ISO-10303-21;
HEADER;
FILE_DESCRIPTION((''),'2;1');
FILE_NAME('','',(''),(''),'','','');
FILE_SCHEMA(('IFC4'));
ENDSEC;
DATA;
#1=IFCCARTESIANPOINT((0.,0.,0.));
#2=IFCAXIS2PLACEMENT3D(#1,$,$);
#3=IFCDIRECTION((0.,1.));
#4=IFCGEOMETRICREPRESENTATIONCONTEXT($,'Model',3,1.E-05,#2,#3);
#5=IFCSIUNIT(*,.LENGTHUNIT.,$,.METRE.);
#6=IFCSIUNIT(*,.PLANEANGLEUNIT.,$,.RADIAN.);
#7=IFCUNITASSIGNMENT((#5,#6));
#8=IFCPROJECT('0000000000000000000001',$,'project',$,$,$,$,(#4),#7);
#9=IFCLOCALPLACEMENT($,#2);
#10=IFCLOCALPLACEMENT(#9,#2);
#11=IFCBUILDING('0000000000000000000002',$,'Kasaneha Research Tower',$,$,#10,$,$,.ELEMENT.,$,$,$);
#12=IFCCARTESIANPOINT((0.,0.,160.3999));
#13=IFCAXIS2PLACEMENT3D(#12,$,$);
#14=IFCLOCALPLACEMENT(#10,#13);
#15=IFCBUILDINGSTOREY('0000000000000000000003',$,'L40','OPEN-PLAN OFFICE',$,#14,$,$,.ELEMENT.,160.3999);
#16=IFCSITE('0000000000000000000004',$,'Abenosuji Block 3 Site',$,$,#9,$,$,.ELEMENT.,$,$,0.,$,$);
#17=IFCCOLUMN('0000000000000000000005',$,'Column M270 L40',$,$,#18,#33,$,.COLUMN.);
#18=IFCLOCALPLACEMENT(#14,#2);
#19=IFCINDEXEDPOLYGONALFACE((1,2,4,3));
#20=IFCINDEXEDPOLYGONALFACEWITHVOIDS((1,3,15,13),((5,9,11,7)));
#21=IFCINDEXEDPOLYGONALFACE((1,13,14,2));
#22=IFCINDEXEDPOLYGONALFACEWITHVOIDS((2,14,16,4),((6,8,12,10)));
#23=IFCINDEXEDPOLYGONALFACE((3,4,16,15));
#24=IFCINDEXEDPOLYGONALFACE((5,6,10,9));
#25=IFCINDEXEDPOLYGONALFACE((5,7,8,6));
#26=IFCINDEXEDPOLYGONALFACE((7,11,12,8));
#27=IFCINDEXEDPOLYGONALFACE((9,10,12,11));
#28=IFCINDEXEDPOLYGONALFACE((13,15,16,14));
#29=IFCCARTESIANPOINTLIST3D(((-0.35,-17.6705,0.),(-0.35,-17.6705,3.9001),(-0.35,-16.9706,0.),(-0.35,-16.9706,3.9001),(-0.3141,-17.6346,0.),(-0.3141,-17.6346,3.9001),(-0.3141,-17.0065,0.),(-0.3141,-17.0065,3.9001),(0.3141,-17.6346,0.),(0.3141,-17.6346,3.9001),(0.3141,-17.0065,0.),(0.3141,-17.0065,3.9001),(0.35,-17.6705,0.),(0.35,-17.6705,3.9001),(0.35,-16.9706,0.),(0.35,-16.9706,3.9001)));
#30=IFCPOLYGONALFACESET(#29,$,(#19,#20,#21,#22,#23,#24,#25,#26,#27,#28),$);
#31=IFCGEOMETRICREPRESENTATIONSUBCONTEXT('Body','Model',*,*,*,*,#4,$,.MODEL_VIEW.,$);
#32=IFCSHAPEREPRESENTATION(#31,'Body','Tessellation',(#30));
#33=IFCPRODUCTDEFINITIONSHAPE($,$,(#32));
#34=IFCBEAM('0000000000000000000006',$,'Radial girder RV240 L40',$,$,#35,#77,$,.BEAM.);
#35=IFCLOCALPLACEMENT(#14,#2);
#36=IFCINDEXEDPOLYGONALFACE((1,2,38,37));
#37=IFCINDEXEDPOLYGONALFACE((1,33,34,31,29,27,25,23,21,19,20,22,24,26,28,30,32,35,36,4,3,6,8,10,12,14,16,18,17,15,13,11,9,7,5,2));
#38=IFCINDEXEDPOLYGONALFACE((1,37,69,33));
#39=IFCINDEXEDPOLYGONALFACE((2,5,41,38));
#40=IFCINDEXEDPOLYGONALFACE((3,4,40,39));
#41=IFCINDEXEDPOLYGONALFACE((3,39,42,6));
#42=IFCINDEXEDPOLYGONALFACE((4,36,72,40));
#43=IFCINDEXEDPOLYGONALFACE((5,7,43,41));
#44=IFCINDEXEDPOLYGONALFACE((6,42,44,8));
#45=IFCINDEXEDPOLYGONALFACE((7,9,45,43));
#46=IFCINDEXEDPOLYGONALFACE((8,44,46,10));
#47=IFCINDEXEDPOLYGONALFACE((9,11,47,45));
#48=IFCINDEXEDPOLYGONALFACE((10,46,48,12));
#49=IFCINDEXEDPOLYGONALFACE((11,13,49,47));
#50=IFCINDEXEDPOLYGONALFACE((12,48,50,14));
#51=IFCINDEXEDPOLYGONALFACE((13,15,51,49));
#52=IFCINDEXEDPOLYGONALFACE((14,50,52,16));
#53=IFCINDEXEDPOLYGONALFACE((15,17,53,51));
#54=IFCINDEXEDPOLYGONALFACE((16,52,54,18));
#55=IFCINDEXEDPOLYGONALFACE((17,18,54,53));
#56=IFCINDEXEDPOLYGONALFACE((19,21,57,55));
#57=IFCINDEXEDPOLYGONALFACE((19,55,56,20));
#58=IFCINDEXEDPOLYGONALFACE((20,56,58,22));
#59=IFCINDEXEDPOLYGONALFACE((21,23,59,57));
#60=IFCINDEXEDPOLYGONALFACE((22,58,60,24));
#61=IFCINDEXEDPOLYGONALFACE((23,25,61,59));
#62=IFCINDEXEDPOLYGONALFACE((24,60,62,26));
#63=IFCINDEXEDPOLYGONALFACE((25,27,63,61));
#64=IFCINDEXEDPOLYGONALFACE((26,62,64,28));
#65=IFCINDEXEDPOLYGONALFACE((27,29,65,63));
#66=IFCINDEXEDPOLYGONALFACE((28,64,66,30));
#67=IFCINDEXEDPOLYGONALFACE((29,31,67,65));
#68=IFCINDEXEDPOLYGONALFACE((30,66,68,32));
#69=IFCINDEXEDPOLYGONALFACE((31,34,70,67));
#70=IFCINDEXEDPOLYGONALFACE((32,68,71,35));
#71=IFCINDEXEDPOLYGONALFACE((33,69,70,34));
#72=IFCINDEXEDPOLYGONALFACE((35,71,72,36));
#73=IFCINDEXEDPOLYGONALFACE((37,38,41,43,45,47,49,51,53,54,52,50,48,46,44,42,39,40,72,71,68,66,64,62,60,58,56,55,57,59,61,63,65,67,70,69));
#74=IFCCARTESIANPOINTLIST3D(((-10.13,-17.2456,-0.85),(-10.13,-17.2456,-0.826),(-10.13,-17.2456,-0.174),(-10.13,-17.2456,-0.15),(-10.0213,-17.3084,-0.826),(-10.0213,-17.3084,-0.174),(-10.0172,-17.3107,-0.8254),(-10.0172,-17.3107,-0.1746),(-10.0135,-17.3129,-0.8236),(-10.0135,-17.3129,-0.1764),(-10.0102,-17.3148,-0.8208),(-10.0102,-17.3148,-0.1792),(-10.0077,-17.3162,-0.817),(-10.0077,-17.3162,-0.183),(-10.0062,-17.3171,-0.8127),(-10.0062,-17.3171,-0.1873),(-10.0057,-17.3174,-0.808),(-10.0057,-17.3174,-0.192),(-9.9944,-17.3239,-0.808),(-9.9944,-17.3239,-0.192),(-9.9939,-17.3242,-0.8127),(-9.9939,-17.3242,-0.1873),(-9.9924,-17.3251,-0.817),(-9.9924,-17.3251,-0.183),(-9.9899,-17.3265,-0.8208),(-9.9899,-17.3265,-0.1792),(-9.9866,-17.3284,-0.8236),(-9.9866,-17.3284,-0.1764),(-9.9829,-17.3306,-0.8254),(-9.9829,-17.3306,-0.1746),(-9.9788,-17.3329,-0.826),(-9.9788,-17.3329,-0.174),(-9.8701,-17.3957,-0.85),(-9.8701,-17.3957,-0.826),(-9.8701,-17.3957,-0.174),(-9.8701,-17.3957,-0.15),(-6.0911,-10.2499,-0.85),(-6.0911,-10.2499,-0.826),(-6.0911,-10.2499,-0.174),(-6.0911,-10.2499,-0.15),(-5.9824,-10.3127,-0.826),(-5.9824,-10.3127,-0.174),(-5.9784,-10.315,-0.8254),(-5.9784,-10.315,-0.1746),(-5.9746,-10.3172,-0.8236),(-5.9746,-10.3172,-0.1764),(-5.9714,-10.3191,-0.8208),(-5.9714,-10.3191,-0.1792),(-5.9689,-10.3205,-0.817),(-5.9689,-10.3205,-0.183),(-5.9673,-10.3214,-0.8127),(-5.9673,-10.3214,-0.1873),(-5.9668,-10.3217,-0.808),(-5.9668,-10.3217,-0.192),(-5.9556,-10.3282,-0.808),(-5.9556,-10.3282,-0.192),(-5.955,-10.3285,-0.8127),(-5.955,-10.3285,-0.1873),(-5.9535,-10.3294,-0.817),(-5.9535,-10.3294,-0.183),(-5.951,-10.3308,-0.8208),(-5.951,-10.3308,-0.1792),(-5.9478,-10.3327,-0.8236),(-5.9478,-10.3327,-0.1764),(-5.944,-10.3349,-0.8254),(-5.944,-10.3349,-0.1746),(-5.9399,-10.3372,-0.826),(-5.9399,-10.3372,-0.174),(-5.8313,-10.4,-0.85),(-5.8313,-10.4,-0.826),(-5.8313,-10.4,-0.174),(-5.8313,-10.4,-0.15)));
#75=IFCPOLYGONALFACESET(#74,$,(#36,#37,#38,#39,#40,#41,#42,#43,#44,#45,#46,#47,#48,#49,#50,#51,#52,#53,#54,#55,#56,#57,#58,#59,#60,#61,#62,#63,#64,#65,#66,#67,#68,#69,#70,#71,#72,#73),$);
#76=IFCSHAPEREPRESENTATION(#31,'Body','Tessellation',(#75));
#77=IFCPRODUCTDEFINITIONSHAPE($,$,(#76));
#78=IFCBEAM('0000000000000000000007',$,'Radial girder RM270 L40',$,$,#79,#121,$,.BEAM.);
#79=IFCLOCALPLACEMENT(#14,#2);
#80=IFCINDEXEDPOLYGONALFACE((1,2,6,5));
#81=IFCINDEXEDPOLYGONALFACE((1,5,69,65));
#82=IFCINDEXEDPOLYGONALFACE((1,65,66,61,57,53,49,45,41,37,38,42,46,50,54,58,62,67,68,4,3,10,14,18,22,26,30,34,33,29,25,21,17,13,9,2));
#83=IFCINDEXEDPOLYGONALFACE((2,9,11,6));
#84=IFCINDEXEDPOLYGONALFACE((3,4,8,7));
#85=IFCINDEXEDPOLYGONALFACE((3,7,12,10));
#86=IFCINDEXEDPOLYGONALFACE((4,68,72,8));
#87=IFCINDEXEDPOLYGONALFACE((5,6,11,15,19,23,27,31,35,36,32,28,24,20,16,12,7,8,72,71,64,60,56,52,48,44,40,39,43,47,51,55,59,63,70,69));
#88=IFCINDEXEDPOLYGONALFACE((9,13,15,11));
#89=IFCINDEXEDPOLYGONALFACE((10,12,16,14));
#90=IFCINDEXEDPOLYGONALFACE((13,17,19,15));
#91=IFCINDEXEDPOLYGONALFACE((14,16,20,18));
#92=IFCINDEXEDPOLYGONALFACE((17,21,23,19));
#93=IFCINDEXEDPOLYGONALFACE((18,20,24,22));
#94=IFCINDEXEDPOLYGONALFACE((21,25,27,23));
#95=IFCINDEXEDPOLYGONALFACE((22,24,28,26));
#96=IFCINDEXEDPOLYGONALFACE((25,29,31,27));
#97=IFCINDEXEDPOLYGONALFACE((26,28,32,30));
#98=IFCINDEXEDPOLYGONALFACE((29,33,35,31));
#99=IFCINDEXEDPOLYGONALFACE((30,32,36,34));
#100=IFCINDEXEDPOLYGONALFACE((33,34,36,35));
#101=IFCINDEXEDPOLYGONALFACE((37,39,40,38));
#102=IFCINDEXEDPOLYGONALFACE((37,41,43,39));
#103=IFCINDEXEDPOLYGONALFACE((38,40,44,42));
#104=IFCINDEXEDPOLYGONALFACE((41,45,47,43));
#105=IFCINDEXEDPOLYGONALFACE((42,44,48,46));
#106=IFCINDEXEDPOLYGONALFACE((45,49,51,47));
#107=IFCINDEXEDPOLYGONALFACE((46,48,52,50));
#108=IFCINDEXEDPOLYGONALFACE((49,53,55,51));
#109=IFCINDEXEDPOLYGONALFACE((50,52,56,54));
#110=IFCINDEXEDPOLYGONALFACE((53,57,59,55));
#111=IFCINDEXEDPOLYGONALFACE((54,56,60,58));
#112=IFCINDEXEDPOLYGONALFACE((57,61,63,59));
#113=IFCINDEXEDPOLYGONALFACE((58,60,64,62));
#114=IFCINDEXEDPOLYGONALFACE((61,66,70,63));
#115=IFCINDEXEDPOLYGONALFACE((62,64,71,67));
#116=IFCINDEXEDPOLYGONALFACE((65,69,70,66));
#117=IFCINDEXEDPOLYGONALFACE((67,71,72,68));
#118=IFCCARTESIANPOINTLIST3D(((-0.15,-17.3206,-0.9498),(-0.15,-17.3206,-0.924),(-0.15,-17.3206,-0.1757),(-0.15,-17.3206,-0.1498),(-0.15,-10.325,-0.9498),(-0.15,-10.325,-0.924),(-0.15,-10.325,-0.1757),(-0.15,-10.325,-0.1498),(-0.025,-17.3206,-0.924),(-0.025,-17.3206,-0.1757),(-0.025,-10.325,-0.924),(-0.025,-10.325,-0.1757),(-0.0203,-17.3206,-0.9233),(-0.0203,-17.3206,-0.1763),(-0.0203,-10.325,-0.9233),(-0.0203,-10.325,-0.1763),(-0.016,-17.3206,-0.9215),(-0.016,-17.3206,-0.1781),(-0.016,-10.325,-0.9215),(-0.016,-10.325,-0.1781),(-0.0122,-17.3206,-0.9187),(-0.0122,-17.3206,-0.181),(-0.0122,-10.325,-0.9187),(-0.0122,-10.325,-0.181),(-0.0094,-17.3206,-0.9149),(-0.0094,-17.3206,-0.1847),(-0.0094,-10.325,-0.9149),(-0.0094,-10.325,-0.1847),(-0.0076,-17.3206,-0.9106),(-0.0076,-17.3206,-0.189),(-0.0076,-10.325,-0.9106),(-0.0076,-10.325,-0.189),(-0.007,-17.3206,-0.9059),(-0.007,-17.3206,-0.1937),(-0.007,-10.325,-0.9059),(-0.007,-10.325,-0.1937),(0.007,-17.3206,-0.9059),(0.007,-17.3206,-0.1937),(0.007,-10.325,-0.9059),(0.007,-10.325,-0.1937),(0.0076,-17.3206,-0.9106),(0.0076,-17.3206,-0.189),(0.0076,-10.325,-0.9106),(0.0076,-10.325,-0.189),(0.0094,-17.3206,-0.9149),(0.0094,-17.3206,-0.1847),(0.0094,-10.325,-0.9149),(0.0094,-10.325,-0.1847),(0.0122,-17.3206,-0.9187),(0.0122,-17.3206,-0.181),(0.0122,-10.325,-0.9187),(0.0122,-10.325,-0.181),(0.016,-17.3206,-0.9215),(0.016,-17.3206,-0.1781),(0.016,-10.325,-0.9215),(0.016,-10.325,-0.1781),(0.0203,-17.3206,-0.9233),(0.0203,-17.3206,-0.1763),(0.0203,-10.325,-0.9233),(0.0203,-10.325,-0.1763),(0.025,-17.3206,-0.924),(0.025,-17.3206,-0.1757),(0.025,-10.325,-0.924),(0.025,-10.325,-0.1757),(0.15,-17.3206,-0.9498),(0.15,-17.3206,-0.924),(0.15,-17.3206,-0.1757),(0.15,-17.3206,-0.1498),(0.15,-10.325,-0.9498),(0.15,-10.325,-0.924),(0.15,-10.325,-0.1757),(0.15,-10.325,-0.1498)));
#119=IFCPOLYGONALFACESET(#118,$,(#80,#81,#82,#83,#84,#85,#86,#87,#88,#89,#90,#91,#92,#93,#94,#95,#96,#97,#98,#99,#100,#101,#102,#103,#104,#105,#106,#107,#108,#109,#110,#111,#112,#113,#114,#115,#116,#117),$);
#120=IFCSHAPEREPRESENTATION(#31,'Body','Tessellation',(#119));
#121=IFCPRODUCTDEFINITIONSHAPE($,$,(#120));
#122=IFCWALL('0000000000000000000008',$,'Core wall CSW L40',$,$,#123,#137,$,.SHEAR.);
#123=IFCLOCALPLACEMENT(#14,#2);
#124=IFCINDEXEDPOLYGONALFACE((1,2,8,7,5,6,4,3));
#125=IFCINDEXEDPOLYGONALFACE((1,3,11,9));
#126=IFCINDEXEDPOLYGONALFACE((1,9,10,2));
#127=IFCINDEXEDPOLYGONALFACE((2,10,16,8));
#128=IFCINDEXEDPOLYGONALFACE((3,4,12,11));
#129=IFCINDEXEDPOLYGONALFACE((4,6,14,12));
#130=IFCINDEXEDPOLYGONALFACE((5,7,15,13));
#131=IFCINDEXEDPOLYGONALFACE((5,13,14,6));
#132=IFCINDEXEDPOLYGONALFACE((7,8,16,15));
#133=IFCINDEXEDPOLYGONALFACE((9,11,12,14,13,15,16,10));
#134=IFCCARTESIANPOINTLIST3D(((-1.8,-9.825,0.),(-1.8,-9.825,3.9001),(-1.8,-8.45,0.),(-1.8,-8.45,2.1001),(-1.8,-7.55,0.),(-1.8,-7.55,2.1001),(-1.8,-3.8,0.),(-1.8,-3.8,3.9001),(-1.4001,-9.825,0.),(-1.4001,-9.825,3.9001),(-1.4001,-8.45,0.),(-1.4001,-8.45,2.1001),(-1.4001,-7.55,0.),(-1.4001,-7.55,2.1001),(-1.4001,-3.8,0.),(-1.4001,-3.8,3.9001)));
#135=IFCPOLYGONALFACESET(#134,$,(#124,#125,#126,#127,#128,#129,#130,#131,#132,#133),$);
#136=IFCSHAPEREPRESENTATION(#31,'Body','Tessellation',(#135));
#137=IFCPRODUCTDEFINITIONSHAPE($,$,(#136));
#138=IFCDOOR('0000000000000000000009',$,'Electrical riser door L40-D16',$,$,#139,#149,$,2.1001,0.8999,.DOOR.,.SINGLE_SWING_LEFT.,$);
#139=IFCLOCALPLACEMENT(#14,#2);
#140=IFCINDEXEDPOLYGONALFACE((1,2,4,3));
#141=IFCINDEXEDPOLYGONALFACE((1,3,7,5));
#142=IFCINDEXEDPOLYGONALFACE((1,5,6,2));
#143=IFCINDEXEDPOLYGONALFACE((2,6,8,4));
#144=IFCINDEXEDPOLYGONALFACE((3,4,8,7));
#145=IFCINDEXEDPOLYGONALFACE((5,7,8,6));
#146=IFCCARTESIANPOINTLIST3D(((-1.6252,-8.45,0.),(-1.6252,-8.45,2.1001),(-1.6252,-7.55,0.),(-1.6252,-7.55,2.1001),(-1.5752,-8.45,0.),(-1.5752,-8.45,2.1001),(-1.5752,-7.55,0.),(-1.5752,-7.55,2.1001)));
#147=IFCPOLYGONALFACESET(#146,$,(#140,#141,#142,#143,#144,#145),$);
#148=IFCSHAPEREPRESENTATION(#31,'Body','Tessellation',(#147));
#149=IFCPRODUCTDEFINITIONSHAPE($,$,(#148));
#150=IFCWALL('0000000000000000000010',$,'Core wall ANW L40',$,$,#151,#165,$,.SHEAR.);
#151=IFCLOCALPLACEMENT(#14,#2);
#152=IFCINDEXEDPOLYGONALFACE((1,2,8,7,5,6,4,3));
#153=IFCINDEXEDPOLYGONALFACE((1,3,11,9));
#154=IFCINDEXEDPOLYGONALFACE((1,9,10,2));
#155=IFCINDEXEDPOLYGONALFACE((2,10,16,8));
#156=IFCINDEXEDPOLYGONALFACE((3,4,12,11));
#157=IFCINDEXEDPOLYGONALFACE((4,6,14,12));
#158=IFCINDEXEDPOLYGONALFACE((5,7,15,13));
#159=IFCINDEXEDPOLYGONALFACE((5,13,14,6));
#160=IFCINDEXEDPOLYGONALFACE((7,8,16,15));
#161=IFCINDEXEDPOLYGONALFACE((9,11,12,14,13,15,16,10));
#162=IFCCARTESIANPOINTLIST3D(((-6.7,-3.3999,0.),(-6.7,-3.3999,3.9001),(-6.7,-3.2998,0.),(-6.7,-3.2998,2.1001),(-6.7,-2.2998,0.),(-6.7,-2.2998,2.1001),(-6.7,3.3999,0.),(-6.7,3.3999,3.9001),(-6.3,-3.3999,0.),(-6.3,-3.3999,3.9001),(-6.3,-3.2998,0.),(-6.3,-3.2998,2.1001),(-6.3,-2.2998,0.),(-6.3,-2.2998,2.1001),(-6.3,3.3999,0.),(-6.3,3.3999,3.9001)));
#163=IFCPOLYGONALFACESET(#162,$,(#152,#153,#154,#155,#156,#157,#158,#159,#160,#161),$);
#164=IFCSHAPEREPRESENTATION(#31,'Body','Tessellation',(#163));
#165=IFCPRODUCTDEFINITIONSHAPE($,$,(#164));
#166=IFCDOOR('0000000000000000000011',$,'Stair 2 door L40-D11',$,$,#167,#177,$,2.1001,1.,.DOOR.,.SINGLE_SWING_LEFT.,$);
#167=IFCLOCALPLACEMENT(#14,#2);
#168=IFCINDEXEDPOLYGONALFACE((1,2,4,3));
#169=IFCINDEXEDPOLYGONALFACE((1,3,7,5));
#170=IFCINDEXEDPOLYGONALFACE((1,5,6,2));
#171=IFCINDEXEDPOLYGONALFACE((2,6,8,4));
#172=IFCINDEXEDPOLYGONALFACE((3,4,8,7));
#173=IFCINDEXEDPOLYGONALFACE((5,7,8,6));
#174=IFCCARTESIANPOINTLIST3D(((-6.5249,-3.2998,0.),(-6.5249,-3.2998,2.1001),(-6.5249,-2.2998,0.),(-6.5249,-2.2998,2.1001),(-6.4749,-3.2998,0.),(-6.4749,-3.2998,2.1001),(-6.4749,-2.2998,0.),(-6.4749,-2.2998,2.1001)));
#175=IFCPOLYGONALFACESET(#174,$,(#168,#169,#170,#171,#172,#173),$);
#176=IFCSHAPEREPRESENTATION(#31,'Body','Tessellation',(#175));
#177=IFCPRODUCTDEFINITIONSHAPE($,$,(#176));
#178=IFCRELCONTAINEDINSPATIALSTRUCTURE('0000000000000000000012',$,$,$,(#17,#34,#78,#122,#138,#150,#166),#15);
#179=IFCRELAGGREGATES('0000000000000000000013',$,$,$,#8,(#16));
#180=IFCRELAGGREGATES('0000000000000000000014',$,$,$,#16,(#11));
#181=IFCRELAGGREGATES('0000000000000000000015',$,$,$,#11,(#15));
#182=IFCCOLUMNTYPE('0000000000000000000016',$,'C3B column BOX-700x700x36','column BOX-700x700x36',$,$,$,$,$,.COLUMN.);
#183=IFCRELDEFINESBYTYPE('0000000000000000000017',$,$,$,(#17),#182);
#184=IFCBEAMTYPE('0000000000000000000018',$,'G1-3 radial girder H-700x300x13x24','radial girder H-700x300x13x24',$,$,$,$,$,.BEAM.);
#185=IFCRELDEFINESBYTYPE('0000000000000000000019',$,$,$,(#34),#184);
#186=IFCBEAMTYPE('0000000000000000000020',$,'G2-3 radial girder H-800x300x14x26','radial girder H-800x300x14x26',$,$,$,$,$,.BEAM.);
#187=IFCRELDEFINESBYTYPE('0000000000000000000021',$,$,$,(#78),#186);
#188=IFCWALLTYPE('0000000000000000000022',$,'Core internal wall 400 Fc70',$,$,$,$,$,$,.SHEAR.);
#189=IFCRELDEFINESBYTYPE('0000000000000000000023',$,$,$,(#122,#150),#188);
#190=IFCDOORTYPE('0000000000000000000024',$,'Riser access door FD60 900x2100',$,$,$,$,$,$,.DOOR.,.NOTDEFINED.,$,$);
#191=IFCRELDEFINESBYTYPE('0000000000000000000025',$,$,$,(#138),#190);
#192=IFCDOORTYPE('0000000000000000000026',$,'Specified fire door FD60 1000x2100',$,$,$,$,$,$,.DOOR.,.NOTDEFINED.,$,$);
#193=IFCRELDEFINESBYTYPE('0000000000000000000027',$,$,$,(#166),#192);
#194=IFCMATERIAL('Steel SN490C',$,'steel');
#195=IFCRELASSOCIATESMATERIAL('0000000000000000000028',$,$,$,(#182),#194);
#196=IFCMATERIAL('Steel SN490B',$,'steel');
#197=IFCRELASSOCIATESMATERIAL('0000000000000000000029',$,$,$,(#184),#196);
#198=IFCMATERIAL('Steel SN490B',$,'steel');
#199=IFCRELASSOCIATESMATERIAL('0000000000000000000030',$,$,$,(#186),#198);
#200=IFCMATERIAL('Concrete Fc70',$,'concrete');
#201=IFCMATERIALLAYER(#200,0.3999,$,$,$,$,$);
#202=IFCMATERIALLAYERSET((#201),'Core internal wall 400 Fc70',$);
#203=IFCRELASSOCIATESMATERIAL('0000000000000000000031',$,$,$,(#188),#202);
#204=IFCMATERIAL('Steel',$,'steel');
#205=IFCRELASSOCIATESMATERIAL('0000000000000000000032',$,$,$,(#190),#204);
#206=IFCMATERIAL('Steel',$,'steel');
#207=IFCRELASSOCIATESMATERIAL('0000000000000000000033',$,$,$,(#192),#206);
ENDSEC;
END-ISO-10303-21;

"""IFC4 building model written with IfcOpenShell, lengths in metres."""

from ifc_helpers import new_model, si_unit, direction, frame, frame_2d, origin, origin_2d, place, context, subcontext, project, spatial, rectangle, hollow_rectangle, i_section, extrude, material, layer, layer_set, material_profile, profile_set, type_object, element, fill, save


model = new_model("IFC4")

# Units and contexts
model_context = context("Model", 3, precision=1e-05, world=origin(), true_north=direction((0.0, 1.0)))
body_context = subcontext(model_context, "Body", "Model", "MODEL_VIEW")
ifc_project = project(units=[si_unit("LENGTHUNIT", "METRE"), si_unit("PLANEANGLEUNIT", "RADIAN")], contexts=[model_context])

# Site, building, storey
site_placement = place(None, origin())
site = spatial("IfcSite", under=ifc_project, at=site_placement, Name="Abenosuji Block 3 Site", CompositionType="ELEMENT", RefElevation=0.0)
building_placement = place(site_placement, origin())
building = spatial("IfcBuilding", under=site, at=building_placement, Name="Kasaneha Research Tower", CompositionType="ELEMENT")
storey_placement = place(building_placement, frame((0.0, 0.0, 160.3999)))
storey = spatial("IfcBuildingStorey", under=building, at=storey_placement, Name="L40", Description="OPEN-PLAN OFFICE", CompositionType="ELEMENT", Elevation=160.3999)

# Column
ifc_material_1 = material(Name="Steel SN490C", Category="steel")
ifc_material_profile_1 = material_profile(ifc_material_1, hollow_rectangle(XDim=0.7, YDim=0.7, WallThickness=0.0359, at=origin_2d()), Name="BOX-700x700x36")
ifc_profile_set_1 = profile_set([ifc_material_profile_1], Name="Steel SN490C")
column_type = type_object("IfcColumnType", Name="C3B column BOX-700x700x36", Description="column BOX-700x700x36", PredefinedType="COLUMN", material=ifc_profile_set_1)
column_placement = place(storey_placement, frame((0.0, -17.3206, 0.0), z_axis=(0.0, 0.0, 1.0), x_axis=(1.0, 0.0, 0.0)))
element("IfcColumn", 1, at=column_placement, inside=storey, type_object=column_type, Name="Column M270 L40", PredefinedType="COLUMN", context=body_context, shape_type="SweptSolid", body=[
    extrude(hollow_rectangle(XDim=0.7, YDim=0.7, WallThickness=0.0359, at=origin_2d()), origin(), (0.0, 0.0, 1.0), 3.9001),
])

# Beams
ifc_material_2 = material(Name="Steel SN490B", Category="steel")
ifc_material_profile_2 = material_profile(ifc_material_2, i_section(OverallWidth=0.3, OverallDepth=0.7, WebThickness=0.0129, FlangeThickness=0.0239, FilletRadius=0.0181, at=origin_2d()), Name="H-700x300x13x24")
ifc_profile_set_2 = profile_set([ifc_material_profile_2], Name="Steel SN490B")
beam_type_1 = type_object("IfcBeamType", Name="G1-3 radial girder H-700x300x13x24", Description="radial girder H-700x300x13x24", PredefinedType="BEAM", material=ifc_profile_set_2)
beam_1_placement = place(storey_placement, frame((-5.9612, -10.325, -0.5), z_axis=(-0.499991, -0.866031, 0.0), x_axis=(0.866031, -0.499991, 0.0)))
element("IfcBeam", 2, at=beam_1_placement, inside=storey, type_object=beam_type_1, Name="Radial girder RV240 L40", PredefinedType="BEAM", context=body_context, shape_type="SweptSolid", body=[
    extrude(i_section(OverallWidth=0.3, OverallDepth=0.7, WebThickness=0.0129, FlangeThickness=0.0239, FilletRadius=0.0181, at=origin_2d()), origin(), (0.0, 0.0, 1.0), 8.0779),
])
ifc_material_3 = material(Name="Steel SN490B", Category="steel")
ifc_material_profile_3 = material_profile(ifc_material_3, i_section(OverallWidth=0.3, OverallDepth=0.8, WebThickness=0.0139, FlangeThickness=0.0259, FilletRadius=0.0181, at=origin_2d()), Name="H-800x300x14x26")
ifc_profile_set_3 = profile_set([ifc_material_profile_3], Name="Steel SN490B")
beam_type_2 = type_object("IfcBeamType", Name="G2-3 radial girder H-800x300x14x26", Description="radial girder H-800x300x14x26", PredefinedType="BEAM", material=ifc_profile_set_3)
beam_2_placement = place(storey_placement, frame((0.0, -10.325, -0.5498), z_axis=(0.0, -1.0, 0.0), x_axis=(1.0, 0.0, 0.0)))
element("IfcBeam", 3, at=beam_2_placement, inside=storey, type_object=beam_type_2, Name="Radial girder RM270 L40", PredefinedType="BEAM", context=body_context, shape_type="SweptSolid", body=[
    extrude(i_section(OverallWidth=0.3, OverallDepth=0.8, WebThickness=0.0139, FlangeThickness=0.0259, FilletRadius=0.0181, at=origin_2d()), origin(), (0.0, 0.0, 1.0), 6.9956),
])

# Walls, openings, doors
ifc_material_4 = material(Name="Concrete Fc70", Category="concrete")
ifc_layer_1 = layer(ifc_material_4, 0.3999)
ifc_layer_set_1 = layer_set([ifc_layer_1], Name="Core internal wall 400 Fc70")
wall_type_1 = type_object("IfcWallType", Name="Core internal wall 400 Fc70", PredefinedType="SHEAR", material=ifc_layer_set_1)
wall_1_placement = place(storey_placement, frame((-1.6001, -3.8, 0.0), z_axis=(0.0, 0.0, 1.0), x_axis=(0.0, -1.0, 0.0)))
wall_1 = element("IfcWall", 4, at=wall_1_placement, inside=storey, type_object=wall_type_1, Name="Core wall CSW L40", PredefinedType="SHEAR", context=body_context, shape_type="SweptSolid", body=[
    extrude(rectangle(XDim=6.0249, YDim=0.3999, at=frame_2d((3.0125, 0.0))), origin(), (0.0, 0.0, 1.0), 3.9001),
])
opening_1_placement = place(wall_1_placement, frame((3.75, 0.0, 0.0)))
opening_1 = element("IfcOpeningElement", 5, at=opening_1_placement, cuts=wall_1, PredefinedType="OPENING", context=body_context, shape_type="SweptSolid", body=[
    extrude(rectangle(XDim=0.8999, YDim=2.1001, at=frame_2d((0.45, 1.05))), frame((0.0, 0.21, 0.0), z_axis=(0.0, -1.0, 0.0), x_axis=(1.0, 0.0, 0.0)), (0.0, 0.0, 1.0), 0.4199),
])
ifc_material_5 = material(Name="Steel", Category="steel")
door_type_1 = type_object("IfcDoorType", Name="Riser access door FD60 900x2100", OperationType="NOTDEFINED", PredefinedType="DOOR", material=ifc_material_5)
door_1_placement = place(opening_1_placement, origin())
door_1 = element("IfcDoor", 6, at=door_1_placement, inside=storey, type_object=door_type_1, Name="Electrical riser door L40-D16", OperationType="SINGLE_SWING_LEFT", OverallHeight=2.1001, OverallWidth=0.8999, PredefinedType="DOOR", context=body_context, shape_type="SweptSolid", body=[
    extrude(rectangle(XDim=0.8999, YDim=2.1001, at=frame_2d((0.45, 1.05))), frame((0.0, 0.0249, 0.0), z_axis=(0.0, -1.0, 0.0), x_axis=(1.0, 0.0, 0.0)), (0.0, 0.0, 1.0), 0.05),
])
fill(opening_1, door_1)
wall_2_placement = place(storey_placement, frame((-6.5, -3.3999, 0.0), z_axis=(0.0, 0.0, 1.0), x_axis=(0.0, 1.0, 0.0)))
wall_2 = element("IfcWall", 7, at=wall_2_placement, inside=storey, type_object=wall_type_1, Name="Core wall ANW L40", PredefinedType="SHEAR", context=body_context, shape_type="SweptSolid", body=[
    extrude(rectangle(XDim=6.7998, YDim=0.3999, at=frame_2d((3.3999, 0.0))), origin(), (0.0, 0.0, 1.0), 3.9001),
])
opening_2_placement = place(wall_2_placement, frame((0.1001, 0.0, 0.0)))
opening_2 = element("IfcOpeningElement", 8, at=opening_2_placement, cuts=wall_2, PredefinedType="OPENING", context=body_context, shape_type="SweptSolid", body=[
    extrude(rectangle(XDim=1.0, YDim=2.1001, at=frame_2d((0.5, 1.05))), frame((0.0, 0.21, 0.0), z_axis=(0.0, -1.0, 0.0), x_axis=(1.0, 0.0, 0.0)), (0.0, 0.0, 1.0), 0.4199),
])
ifc_material_6 = material(Name="Steel", Category="steel")
door_type_2 = type_object("IfcDoorType", Name="Specified fire door FD60 1000x2100", OperationType="NOTDEFINED", PredefinedType="DOOR", material=ifc_material_6)
door_2_placement = place(opening_2_placement, origin())
door_2 = element("IfcDoor", 9, at=door_2_placement, inside=storey, type_object=door_type_2, Name="Stair 2 door L40-D11", OperationType="SINGLE_SWING_LEFT", OverallHeight=2.1001, OverallWidth=1.0, PredefinedType="DOOR", context=body_context, shape_type="SweptSolid", body=[
    extrude(rectangle(XDim=1.0, YDim=2.1001, at=frame_2d((0.5, 1.05))), frame((0.0, 0.0249, 0.0), z_axis=(0.0, -1.0, 0.0), x_axis=(1.0, 0.0, 0.0)), (0.0, 0.0, 1.0), 0.05),
])
fill(opening_2, door_2)

save(model, "model.ifc")
